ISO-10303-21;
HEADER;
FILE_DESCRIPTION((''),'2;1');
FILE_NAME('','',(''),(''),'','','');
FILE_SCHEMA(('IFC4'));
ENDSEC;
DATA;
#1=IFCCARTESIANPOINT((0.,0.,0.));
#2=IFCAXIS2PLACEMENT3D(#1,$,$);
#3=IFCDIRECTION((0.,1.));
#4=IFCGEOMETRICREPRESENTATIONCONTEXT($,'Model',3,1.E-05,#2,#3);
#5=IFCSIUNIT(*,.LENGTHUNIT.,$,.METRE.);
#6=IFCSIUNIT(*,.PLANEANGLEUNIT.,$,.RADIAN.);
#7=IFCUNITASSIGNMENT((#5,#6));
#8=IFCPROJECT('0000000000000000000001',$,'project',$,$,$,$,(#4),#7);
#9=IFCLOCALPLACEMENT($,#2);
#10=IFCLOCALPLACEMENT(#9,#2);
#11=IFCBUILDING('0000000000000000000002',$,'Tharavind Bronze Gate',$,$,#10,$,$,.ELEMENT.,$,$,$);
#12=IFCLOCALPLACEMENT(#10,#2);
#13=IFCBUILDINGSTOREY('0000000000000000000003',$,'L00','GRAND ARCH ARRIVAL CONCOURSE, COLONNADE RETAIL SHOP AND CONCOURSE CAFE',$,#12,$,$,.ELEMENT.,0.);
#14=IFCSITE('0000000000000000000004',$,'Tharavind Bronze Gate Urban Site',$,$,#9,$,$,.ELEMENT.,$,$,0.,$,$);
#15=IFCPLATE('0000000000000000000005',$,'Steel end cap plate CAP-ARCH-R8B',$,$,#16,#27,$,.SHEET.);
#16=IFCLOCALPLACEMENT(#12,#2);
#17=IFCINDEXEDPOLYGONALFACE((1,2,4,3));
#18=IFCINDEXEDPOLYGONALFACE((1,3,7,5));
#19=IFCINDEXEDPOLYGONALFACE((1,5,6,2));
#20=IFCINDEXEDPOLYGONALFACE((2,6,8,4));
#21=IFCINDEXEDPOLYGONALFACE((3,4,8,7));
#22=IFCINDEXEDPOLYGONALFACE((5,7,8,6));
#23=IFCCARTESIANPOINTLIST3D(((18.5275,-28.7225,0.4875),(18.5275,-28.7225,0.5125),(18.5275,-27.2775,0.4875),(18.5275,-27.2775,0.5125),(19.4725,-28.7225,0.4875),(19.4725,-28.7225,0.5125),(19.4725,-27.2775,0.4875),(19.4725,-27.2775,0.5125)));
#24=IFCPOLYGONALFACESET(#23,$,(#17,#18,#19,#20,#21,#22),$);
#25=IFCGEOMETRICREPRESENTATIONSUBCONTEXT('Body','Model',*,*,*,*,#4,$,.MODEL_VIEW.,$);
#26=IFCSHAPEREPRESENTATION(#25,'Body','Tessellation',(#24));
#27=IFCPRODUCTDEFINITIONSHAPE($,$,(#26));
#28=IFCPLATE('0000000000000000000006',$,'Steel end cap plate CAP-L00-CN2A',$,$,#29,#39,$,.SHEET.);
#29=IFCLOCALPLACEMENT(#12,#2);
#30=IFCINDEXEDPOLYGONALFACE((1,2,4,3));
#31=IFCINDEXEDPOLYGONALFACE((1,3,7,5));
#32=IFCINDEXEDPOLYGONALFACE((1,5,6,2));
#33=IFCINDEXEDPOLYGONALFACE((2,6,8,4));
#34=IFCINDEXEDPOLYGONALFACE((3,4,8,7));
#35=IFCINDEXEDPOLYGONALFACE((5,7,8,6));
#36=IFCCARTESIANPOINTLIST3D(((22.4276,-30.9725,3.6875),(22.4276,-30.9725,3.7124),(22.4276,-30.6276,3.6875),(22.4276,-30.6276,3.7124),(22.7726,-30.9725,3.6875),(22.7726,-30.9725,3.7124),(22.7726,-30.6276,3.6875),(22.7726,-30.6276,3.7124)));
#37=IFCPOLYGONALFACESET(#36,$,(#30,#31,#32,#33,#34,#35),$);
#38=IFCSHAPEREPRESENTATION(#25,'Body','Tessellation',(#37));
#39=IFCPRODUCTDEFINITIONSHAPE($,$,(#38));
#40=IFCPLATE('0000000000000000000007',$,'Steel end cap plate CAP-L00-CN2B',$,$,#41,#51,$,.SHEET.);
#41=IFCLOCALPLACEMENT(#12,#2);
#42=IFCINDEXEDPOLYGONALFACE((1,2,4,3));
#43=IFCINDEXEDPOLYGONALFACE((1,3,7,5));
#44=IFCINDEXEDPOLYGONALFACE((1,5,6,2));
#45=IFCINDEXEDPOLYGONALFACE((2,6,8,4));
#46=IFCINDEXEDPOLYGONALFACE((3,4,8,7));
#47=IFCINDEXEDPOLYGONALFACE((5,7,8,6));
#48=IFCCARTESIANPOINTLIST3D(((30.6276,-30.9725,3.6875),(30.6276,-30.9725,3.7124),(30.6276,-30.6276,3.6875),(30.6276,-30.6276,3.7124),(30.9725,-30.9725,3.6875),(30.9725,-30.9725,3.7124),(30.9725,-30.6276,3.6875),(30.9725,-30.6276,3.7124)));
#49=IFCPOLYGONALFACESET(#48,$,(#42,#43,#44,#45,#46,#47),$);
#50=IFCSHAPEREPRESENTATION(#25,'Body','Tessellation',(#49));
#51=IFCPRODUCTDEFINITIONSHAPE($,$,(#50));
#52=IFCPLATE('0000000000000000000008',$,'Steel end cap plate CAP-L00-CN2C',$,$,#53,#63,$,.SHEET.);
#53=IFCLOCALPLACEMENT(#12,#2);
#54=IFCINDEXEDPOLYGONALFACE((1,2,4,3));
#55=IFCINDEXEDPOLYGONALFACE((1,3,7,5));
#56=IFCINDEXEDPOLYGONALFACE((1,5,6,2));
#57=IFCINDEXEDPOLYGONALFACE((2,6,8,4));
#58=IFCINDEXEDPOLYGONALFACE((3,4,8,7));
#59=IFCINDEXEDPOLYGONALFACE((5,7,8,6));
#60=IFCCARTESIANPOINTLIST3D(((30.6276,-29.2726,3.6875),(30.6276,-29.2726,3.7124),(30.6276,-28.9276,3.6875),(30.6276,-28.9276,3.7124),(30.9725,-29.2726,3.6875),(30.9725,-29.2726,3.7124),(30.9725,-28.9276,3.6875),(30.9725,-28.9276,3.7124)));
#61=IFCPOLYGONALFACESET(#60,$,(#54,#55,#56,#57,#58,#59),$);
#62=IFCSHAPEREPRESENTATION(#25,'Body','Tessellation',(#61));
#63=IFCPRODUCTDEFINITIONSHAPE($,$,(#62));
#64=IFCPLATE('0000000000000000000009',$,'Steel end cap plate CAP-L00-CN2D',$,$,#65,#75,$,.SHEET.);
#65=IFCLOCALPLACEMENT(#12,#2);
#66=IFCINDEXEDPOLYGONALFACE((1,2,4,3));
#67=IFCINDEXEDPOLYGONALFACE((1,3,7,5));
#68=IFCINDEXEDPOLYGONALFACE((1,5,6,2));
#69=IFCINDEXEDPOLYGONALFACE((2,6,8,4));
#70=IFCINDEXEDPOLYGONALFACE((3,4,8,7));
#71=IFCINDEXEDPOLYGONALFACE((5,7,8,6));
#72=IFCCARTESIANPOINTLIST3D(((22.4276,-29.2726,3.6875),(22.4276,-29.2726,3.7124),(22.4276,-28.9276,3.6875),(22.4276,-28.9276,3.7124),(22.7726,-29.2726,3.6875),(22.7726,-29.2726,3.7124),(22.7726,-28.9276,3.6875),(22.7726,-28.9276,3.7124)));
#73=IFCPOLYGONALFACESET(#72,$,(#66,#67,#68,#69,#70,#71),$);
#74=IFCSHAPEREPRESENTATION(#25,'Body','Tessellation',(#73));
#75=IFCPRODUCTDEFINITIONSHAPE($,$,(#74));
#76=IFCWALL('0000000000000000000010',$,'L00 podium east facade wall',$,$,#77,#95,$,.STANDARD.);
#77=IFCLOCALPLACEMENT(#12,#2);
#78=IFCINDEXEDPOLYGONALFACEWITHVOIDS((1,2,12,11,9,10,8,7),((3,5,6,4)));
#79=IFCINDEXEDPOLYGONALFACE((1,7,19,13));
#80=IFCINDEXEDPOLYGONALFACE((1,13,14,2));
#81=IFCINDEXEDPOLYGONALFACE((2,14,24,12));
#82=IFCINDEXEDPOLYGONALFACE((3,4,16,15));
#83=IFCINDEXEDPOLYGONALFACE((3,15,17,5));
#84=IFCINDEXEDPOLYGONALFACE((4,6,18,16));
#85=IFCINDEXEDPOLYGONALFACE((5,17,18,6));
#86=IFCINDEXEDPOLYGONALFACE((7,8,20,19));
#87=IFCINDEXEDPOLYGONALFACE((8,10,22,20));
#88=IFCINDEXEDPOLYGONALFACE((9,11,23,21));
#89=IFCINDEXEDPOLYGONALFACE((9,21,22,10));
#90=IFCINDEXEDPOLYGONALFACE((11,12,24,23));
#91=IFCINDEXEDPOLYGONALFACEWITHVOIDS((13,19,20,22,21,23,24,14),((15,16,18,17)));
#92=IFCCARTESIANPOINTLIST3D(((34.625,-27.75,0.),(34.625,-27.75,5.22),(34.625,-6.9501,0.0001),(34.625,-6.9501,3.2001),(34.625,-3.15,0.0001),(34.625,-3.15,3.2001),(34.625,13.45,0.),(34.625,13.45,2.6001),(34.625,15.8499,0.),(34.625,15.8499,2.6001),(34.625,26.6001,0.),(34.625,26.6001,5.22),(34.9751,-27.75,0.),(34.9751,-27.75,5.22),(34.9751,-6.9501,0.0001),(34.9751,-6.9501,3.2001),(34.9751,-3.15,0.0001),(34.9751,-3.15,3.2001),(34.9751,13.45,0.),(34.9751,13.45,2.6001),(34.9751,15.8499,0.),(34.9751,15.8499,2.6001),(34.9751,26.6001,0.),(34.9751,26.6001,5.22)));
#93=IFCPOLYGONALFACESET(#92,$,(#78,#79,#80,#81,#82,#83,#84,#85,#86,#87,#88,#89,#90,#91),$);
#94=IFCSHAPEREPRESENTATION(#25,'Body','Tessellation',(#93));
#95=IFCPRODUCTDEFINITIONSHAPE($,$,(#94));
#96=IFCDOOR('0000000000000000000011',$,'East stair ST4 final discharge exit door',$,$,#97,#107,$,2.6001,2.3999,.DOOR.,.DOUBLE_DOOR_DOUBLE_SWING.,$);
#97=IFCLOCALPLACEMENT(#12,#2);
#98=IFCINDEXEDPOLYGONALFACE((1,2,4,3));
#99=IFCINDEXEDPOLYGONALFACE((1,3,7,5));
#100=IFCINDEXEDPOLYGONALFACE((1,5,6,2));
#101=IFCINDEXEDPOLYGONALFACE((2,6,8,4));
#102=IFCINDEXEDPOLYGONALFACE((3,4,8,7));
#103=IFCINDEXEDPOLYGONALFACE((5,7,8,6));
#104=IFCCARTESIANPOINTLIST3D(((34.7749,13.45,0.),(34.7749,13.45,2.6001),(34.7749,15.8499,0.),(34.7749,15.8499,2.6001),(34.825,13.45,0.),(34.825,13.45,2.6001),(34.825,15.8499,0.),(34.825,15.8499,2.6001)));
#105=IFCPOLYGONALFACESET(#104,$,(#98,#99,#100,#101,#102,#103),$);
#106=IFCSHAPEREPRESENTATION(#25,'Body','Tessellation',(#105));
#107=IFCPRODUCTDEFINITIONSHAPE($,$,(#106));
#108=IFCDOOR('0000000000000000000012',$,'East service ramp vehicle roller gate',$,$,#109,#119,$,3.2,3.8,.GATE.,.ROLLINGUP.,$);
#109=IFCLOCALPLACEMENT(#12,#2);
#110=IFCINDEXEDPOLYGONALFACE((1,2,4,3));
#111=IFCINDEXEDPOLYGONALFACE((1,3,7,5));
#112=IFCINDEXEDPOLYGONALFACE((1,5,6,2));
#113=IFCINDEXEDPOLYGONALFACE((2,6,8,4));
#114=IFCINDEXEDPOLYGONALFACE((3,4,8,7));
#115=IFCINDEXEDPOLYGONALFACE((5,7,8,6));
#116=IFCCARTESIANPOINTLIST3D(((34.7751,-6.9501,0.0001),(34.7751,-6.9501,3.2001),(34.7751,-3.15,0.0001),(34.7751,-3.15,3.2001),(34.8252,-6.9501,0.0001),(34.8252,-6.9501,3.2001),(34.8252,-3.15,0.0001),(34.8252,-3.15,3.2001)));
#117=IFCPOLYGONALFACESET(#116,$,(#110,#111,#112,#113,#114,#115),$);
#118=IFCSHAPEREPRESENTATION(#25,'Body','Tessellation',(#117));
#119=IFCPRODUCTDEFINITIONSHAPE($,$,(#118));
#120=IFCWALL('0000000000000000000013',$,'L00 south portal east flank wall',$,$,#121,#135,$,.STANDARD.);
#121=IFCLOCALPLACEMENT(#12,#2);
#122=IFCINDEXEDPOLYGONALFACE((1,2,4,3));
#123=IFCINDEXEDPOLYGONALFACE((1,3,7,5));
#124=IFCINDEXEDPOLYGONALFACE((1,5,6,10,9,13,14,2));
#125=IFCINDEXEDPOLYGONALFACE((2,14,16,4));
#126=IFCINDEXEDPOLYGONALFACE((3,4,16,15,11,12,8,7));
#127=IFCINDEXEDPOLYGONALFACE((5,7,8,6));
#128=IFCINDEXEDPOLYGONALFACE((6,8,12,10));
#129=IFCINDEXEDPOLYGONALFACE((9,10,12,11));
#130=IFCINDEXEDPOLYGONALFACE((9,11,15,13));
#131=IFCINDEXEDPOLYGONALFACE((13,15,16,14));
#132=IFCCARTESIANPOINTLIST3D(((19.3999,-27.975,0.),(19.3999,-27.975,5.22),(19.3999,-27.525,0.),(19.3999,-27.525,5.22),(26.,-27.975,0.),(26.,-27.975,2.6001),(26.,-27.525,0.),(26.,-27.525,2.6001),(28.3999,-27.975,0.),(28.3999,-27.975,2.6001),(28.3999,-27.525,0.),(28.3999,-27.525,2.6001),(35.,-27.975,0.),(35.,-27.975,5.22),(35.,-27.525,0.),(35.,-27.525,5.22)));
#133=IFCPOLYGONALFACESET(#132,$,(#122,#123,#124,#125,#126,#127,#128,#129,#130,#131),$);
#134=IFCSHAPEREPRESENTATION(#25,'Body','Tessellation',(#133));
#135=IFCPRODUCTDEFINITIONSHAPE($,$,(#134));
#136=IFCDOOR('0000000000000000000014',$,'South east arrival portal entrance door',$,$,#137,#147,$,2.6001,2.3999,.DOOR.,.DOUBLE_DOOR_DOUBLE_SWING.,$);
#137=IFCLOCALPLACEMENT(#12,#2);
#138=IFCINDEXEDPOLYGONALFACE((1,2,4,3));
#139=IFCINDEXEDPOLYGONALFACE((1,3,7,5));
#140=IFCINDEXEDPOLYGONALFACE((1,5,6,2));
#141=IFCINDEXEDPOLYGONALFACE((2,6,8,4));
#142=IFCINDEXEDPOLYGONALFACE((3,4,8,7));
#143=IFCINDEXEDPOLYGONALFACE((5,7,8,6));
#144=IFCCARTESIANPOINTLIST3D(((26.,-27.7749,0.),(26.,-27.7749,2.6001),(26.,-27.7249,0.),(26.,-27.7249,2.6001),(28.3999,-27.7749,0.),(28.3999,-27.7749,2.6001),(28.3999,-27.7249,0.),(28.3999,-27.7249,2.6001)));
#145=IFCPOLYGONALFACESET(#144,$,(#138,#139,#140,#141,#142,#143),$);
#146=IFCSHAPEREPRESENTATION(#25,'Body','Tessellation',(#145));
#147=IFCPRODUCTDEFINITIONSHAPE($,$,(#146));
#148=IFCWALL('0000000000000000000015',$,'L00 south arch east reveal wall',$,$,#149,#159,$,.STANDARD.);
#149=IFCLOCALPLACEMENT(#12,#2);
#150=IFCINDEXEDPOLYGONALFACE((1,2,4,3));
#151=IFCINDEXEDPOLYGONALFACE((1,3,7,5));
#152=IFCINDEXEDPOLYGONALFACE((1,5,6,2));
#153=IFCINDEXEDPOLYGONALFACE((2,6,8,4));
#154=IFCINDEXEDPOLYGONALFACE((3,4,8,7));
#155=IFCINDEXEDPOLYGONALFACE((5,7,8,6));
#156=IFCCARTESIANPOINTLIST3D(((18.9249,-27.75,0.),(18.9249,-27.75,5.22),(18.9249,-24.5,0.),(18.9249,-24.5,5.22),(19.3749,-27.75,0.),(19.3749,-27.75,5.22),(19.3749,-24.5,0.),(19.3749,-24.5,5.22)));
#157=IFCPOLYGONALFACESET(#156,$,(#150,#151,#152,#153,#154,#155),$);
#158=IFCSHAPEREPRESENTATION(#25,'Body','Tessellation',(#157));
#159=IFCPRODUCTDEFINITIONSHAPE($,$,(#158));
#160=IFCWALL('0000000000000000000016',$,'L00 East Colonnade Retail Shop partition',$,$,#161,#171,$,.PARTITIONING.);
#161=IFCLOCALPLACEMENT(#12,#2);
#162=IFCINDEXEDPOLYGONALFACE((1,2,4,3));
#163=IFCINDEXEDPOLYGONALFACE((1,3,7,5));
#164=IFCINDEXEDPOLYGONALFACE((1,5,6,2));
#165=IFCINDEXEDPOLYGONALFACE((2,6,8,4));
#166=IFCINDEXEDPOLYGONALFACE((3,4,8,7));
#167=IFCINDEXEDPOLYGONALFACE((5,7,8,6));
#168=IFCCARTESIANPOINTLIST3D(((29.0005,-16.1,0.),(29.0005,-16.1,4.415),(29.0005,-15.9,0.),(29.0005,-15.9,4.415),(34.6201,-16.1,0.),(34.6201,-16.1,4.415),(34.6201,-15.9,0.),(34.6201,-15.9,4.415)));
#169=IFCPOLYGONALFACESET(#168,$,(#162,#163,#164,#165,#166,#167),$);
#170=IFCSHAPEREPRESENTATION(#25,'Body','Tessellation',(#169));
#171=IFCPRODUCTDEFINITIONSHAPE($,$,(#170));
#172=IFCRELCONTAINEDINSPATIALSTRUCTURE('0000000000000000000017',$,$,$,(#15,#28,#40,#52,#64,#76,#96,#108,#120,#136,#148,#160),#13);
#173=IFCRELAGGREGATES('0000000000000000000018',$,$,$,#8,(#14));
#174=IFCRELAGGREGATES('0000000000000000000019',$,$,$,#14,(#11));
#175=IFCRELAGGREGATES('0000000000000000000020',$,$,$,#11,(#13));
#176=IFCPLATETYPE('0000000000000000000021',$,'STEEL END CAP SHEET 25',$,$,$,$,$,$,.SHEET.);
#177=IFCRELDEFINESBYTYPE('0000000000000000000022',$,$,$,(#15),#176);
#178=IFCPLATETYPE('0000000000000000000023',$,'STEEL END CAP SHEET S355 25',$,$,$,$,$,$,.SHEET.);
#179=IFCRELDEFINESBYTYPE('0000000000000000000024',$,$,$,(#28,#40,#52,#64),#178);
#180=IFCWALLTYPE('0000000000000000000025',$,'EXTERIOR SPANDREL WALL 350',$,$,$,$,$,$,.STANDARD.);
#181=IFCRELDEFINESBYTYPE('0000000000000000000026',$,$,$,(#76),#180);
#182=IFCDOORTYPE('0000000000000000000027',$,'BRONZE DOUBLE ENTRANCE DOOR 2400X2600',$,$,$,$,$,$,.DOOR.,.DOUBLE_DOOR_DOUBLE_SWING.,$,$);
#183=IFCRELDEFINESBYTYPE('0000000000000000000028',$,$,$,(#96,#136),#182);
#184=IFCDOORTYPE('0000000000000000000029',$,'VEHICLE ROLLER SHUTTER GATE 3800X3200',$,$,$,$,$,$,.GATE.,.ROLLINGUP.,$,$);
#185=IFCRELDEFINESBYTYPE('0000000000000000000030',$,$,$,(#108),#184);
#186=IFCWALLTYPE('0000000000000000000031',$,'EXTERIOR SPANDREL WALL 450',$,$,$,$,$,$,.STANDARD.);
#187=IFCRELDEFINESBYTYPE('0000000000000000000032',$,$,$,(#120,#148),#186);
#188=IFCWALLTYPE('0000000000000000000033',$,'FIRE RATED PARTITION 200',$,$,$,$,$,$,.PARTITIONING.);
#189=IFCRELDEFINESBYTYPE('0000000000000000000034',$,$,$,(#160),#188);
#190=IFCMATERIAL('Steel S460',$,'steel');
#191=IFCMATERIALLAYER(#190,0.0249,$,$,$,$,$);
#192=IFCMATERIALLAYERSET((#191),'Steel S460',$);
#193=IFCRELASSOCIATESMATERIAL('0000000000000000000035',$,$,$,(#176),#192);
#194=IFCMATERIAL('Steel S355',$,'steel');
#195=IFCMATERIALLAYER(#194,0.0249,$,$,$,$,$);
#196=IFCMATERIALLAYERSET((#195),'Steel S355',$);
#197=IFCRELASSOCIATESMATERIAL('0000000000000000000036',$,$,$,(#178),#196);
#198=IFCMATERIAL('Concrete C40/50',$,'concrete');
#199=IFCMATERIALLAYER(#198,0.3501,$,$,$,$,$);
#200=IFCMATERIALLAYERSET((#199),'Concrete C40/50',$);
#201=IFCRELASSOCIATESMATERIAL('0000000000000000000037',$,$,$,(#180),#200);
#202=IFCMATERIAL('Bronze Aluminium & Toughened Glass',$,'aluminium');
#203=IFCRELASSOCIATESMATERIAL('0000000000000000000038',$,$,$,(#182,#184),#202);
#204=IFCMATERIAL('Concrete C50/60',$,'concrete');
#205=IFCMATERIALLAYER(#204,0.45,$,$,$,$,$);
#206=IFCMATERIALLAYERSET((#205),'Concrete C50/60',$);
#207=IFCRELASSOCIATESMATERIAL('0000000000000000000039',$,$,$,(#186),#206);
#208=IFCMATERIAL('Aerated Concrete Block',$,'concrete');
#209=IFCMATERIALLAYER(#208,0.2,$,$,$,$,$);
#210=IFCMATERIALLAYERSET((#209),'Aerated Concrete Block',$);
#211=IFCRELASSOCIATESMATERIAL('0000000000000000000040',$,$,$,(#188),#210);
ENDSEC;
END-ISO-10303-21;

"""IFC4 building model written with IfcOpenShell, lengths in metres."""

from ifc_helpers import new_model, si_unit, direction, frame, frame_2d, origin, origin_2d, place, context, subcontext, project, spatial, rectangle, extrude, material, layer, layer_set, type_object, element, fill, save


model = new_model("IFC4")

# Units and contexts
model_context = context("Model", 3, precision=1e-05, world=origin(), true_north=direction((0.0, 1.0)))
body_context = subcontext(model_context, "Body", "Model", "MODEL_VIEW")
ifc_project = project(units=[si_unit("LENGTHUNIT", "METRE"), si_unit("PLANEANGLEUNIT", "RADIAN")], contexts=[model_context])

# Site, building, storey
site_placement = place(None, origin())
site = spatial("IfcSite", under=ifc_project, at=site_placement, Name="Tharavind Bronze Gate Urban Site", CompositionType="ELEMENT", RefElevation=0.0)
building_placement = place(site_placement, origin())
building = spatial("IfcBuilding", under=site, at=building_placement, Name="Tharavind Bronze Gate", CompositionType="ELEMENT")
storey_placement = place(building_placement, origin())
storey = spatial("IfcBuildingStorey", under=building, at=storey_placement, Name="L00", Description="GRAND ARCH ARRIVAL CONCOURSE, COLONNADE RETAIL SHOP AND CONCOURSE CAFE", CompositionType="ELEMENT", Elevation=0.0)

# Shared definitions
ifc_material_1 = material(Name="Steel S460", Category="steel")

# Shared definitions
ifc_material_2 = material(Name="Steel S355", Category="steel")

# Plates
ifc_layer_1 = layer(ifc_material_1, 0.0249)
ifc_layer_set_1 = layer_set([ifc_layer_1], Name="Steel S460")
plate_type_1 = type_object("IfcPlateType", Name="STEEL END CAP SHEET 25", PredefinedType="SHEET", material=ifc_layer_set_1)
plate_1_placement = place(storey_placement, frame((19.0, -28.0, 0.4875), z_axis=(0.0, 0.0, 1.0), x_axis=(1.0, 0.0, 0.0)))
element("IfcPlate", 1, at=plate_1_placement, inside=storey, type_object=plate_type_1, Name="Steel end cap plate CAP-ARCH-R8B", PredefinedType="SHEET", context=body_context, shape_type="SweptSolid", body=[
    extrude(rectangle(XDim=0.9451, YDim=1.4451, at=origin_2d()), origin(), (0.0, 0.0, 1.0), 0.0249),
])
ifc_layer_2 = layer(ifc_material_2, 0.0249)
ifc_layer_set_2 = layer_set([ifc_layer_2], Name="Steel S355")
plate_type_2 = type_object("IfcPlateType", Name="STEEL END CAP SHEET S355 25", PredefinedType="SHEET", material=ifc_layer_set_2)
for number, where, z_axis, x_axis, name in (
    (2, (22.6001, -30.8, 3.6875), (0.0, 0.0, 1.0), (1.0, 0.0, 0.0), "Steel end cap plate CAP-L00-CN2A"),
    (3, (30.8, -30.8, 3.6875), (0.0, 0.0, 1.0), (1.0, 0.0, 0.0), "Steel end cap plate CAP-L00-CN2B"),
    (4, (30.8, -29.1001, 3.6875), (0.0, 0.0, 1.0), (1.0, 0.0, 0.0), "Steel end cap plate CAP-L00-CN2C"),
    (5, (22.6001, -29.1001, 3.6875), (0.0, 0.0, 1.0), (1.0, 0.0, 0.0), "Steel end cap plate CAP-L00-CN2D"),
):
    element("IfcPlate", number, at=place(storey_placement, frame(where, z_axis=z_axis, x_axis=x_axis)), inside=storey, type_object=plate_type_2, Name=name, PredefinedType="SHEET", context=body_context, shape_type="SweptSolid", body=[
        extrude(rectangle(XDim=0.345, YDim=0.345, at=origin_2d()), origin(), (0.0, 0.0, 1.0), 0.0249),
    ])

# Wall, openings, doors
ifc_material_3 = material(Name="Concrete C40/50", Category="concrete")
ifc_layer_3 = layer(ifc_material_3, 0.3501)
ifc_layer_set_3 = layer_set([ifc_layer_3], Name="Concrete C40/50")
wall_type_1 = type_object("IfcWallType", Name="EXTERIOR SPANDREL WALL 350", PredefinedType="STANDARD", material=ifc_layer_set_3)
wall_1_placement = place(storey_placement, frame((34.8, -27.75, 0.0), z_axis=(0.0, 0.0, 1.0), x_axis=(0.0, 1.0, 0.0)))
wall_1 = element("IfcWall", 6, at=wall_1_placement, inside=storey, type_object=wall_type_1, Name="L00 podium east facade wall", PredefinedType="STANDARD", context=body_context, shape_type="SweptSolid", body=[
    extrude(rectangle(XDim=54.3501, YDim=0.3501, at=frame_2d((27.175, 0.0))), origin(), (0.0, 0.0, 1.0), 5.22),
])
opening_1_placement = place(wall_1_placement, frame((20.8, 0.0, 0.0)))
opening_1 = element("IfcOpeningElement", 7, at=opening_1_placement, cuts=wall_1, PredefinedType="OPENING", context=body_context, shape_type="SweptSolid", body=[
    extrude(rectangle(XDim=3.8, YDim=3.2, at=frame_2d((1.8999, 1.6001))), frame((0.0, 0.185, 0.0), z_axis=(0.0, -1.0, 0.0), x_axis=(1.0, 0.0, 0.0)), (0.0, 0.0, 1.0), 0.3701),
])
opening_2_placement = place(wall_1_placement, frame((41.2, 0.0, 0.0)))
opening_2 = element("IfcOpeningElement", 8, at=opening_2_placement, cuts=wall_1, PredefinedType="OPENING", context=body_context, shape_type="SweptSolid", body=[
    extrude(rectangle(XDim=2.3999, YDim=2.6001, at=frame_2d((1.2, 1.3))), frame((0.0, 0.185, 0.0), z_axis=(0.0, -1.0, 0.0), x_axis=(1.0, 0.0, 0.0)), (0.0, 0.0, 1.0), 0.3701),
])
ifc_material_4 = material(Name="Bronze Aluminium & Toughened Glass", Category="aluminium")
door_type_1 = type_object("IfcDoorType", Name="BRONZE DOUBLE ENTRANCE DOOR 2400X2600", OperationType="DOUBLE_DOOR_DOUBLE_SWING", PredefinedType="DOOR", material=ifc_material_4)
door_1_placement = place(opening_2_placement, frame((2.3999, 0.0, 0.0), z_axis=(0.0, 0.0, 1.0), x_axis=(-1.0, 0.0, 0.0)))
door_1 = element("IfcDoor", 9, at=door_1_placement, inside=storey, type_object=door_type_1, Name="East stair ST4 final discharge exit door", OperationType="DOUBLE_DOOR_DOUBLE_SWING", OverallHeight=2.6001, OverallWidth=2.3999, PredefinedType="DOOR", context=body_context, shape_type="SweptSolid", body=[
    extrude(rectangle(XDim=2.3999, YDim=2.6001, at=frame_2d((1.2, 1.3))), frame((0.0, 0.0249, 0.0), z_axis=(0.0, -1.0, 0.0), x_axis=(1.0, 0.0, 0.0)), (0.0, 0.0, 1.0), 0.05),
])
fill(opening_2, door_1)
door_type_2 = type_object("IfcDoorType", Name="VEHICLE ROLLER SHUTTER GATE 3800X3200", OperationType="ROLLINGUP", PredefinedType="GATE", material=ifc_material_4)
door_2_placement = place(opening_1_placement, origin())
door_2 = element("IfcDoor", 10, at=door_2_placement, inside=storey, type_object=door_type_2, Name="East service ramp vehicle roller gate", OperationType="ROLLINGUP", OverallHeight=3.2, OverallWidth=3.8, PredefinedType="GATE", context=body_context, shape_type="SweptSolid", body=[
    extrude(rectangle(XDim=3.8, YDim=3.2, at=frame_2d((1.8999, 1.6001))), frame((0.0, 0.0249, 0.0), z_axis=(0.0, -1.0, 0.0), x_axis=(1.0, 0.0, 0.0)), (0.0, 0.0, 1.0), 0.05),
])
fill(opening_1, door_2)

# Wall, opening, door
ifc_material_5 = material(Name="Concrete C50/60", Category="concrete")
ifc_layer_4 = layer(ifc_material_5, 0.45)
ifc_layer_set_4 = layer_set([ifc_layer_4], Name="Concrete C50/60")
wall_type_2 = type_object("IfcWallType", Name="EXTERIOR SPANDREL WALL 450", PredefinedType="STANDARD", material=ifc_layer_set_4)
wall_2_placement = place(storey_placement, frame((19.3999, -27.75, 0.0), z_axis=(0.0, 0.0, 1.0), x_axis=(1.0, 0.0, 0.0)))
wall_2 = element("IfcWall", 11, at=wall_2_placement, inside=storey, type_object=wall_type_2, Name="L00 south portal east flank wall", PredefinedType="STANDARD", context=body_context, shape_type="SweptSolid", body=[
    extrude(rectangle(XDim=15.6001, YDim=0.45, at=frame_2d((7.8, 0.0))), origin(), (0.0, 0.0, 1.0), 5.22),
])
opening_3_placement = place(wall_2_placement, frame((6.6001, 0.0, 0.0)))
opening_3 = element("IfcOpeningElement", 12, at=opening_3_placement, cuts=wall_2, PredefinedType="OPENING", context=body_context, shape_type="SweptSolid", body=[
    extrude(rectangle(XDim=2.3999, YDim=2.6001, at=frame_2d((1.2, 1.3))), frame((0.0, 0.2351, 0.0), z_axis=(0.0, -1.0, 0.0), x_axis=(1.0, 0.0, 0.0)), (0.0, 0.0, 1.0), 0.47),
])
door_3_placement = place(opening_3_placement, frame((2.3999, 0.0, 0.0), z_axis=(0.0, 0.0, 1.0), x_axis=(-1.0, 0.0, 0.0)))
door_3 = element("IfcDoor", 13, at=door_3_placement, inside=storey, type_object=door_type_1, Name="South east arrival portal entrance door", OperationType="DOUBLE_DOOR_DOUBLE_SWING", OverallHeight=2.6001, OverallWidth=2.3999, PredefinedType="DOOR", context=body_context, shape_type="SweptSolid", body=[
    extrude(rectangle(XDim=2.3999, YDim=2.6001, at=frame_2d((1.2, 1.3))), frame((0.0, 0.0249, 0.0), z_axis=(0.0, -1.0, 0.0), x_axis=(1.0, 0.0, 0.0)), (0.0, 0.0, 1.0), 0.05),
])
fill(opening_3, door_3)

# Walls
wall_3_placement = place(storey_placement, frame((19.1499, -24.5, 0.0), z_axis=(0.0, 0.0, 1.0), x_axis=(0.0, -1.0, 0.0)))
element("IfcWall", 14, at=wall_3_placement, inside=storey, type_object=wall_type_2, Name="L00 south arch east reveal wall", PredefinedType="STANDARD", context=body_context, shape_type="SweptSolid", body=[
    extrude(rectangle(XDim=3.25, YDim=0.45, at=frame_2d((1.625, 0.0))), origin(), (0.0, 0.0, 1.0), 5.22),
])
ifc_material_6 = material(Name="Aerated Concrete Block", Category="concrete")
ifc_layer_5 = layer(ifc_material_6, 0.2)
ifc_layer_set_5 = layer_set([ifc_layer_5], Name="Aerated Concrete Block")
wall_type_3 = type_object("IfcWallType", Name="FIRE RATED PARTITION 200", PredefinedType="PARTITIONING", material=ifc_layer_set_5)
wall_4_placement = place(storey_placement, frame((29.0005, -16.0, 0.0), z_axis=(0.0, 0.0, 1.0), x_axis=(1.0, 0.0, 0.0)))
element("IfcWall", 15, at=wall_4_placement, inside=storey, type_object=wall_type_3, Name="L00 East Colonnade Retail Shop partition", PredefinedType="PARTITIONING", context=body_context, shape_type="SweptSolid", body=[
    extrude(rectangle(XDim=5.6196, YDim=0.2, at=frame_2d((2.8098, 0.0))), origin(), (0.0, 0.0, 1.0), 4.415),
])

save(model, "model.ifc")
